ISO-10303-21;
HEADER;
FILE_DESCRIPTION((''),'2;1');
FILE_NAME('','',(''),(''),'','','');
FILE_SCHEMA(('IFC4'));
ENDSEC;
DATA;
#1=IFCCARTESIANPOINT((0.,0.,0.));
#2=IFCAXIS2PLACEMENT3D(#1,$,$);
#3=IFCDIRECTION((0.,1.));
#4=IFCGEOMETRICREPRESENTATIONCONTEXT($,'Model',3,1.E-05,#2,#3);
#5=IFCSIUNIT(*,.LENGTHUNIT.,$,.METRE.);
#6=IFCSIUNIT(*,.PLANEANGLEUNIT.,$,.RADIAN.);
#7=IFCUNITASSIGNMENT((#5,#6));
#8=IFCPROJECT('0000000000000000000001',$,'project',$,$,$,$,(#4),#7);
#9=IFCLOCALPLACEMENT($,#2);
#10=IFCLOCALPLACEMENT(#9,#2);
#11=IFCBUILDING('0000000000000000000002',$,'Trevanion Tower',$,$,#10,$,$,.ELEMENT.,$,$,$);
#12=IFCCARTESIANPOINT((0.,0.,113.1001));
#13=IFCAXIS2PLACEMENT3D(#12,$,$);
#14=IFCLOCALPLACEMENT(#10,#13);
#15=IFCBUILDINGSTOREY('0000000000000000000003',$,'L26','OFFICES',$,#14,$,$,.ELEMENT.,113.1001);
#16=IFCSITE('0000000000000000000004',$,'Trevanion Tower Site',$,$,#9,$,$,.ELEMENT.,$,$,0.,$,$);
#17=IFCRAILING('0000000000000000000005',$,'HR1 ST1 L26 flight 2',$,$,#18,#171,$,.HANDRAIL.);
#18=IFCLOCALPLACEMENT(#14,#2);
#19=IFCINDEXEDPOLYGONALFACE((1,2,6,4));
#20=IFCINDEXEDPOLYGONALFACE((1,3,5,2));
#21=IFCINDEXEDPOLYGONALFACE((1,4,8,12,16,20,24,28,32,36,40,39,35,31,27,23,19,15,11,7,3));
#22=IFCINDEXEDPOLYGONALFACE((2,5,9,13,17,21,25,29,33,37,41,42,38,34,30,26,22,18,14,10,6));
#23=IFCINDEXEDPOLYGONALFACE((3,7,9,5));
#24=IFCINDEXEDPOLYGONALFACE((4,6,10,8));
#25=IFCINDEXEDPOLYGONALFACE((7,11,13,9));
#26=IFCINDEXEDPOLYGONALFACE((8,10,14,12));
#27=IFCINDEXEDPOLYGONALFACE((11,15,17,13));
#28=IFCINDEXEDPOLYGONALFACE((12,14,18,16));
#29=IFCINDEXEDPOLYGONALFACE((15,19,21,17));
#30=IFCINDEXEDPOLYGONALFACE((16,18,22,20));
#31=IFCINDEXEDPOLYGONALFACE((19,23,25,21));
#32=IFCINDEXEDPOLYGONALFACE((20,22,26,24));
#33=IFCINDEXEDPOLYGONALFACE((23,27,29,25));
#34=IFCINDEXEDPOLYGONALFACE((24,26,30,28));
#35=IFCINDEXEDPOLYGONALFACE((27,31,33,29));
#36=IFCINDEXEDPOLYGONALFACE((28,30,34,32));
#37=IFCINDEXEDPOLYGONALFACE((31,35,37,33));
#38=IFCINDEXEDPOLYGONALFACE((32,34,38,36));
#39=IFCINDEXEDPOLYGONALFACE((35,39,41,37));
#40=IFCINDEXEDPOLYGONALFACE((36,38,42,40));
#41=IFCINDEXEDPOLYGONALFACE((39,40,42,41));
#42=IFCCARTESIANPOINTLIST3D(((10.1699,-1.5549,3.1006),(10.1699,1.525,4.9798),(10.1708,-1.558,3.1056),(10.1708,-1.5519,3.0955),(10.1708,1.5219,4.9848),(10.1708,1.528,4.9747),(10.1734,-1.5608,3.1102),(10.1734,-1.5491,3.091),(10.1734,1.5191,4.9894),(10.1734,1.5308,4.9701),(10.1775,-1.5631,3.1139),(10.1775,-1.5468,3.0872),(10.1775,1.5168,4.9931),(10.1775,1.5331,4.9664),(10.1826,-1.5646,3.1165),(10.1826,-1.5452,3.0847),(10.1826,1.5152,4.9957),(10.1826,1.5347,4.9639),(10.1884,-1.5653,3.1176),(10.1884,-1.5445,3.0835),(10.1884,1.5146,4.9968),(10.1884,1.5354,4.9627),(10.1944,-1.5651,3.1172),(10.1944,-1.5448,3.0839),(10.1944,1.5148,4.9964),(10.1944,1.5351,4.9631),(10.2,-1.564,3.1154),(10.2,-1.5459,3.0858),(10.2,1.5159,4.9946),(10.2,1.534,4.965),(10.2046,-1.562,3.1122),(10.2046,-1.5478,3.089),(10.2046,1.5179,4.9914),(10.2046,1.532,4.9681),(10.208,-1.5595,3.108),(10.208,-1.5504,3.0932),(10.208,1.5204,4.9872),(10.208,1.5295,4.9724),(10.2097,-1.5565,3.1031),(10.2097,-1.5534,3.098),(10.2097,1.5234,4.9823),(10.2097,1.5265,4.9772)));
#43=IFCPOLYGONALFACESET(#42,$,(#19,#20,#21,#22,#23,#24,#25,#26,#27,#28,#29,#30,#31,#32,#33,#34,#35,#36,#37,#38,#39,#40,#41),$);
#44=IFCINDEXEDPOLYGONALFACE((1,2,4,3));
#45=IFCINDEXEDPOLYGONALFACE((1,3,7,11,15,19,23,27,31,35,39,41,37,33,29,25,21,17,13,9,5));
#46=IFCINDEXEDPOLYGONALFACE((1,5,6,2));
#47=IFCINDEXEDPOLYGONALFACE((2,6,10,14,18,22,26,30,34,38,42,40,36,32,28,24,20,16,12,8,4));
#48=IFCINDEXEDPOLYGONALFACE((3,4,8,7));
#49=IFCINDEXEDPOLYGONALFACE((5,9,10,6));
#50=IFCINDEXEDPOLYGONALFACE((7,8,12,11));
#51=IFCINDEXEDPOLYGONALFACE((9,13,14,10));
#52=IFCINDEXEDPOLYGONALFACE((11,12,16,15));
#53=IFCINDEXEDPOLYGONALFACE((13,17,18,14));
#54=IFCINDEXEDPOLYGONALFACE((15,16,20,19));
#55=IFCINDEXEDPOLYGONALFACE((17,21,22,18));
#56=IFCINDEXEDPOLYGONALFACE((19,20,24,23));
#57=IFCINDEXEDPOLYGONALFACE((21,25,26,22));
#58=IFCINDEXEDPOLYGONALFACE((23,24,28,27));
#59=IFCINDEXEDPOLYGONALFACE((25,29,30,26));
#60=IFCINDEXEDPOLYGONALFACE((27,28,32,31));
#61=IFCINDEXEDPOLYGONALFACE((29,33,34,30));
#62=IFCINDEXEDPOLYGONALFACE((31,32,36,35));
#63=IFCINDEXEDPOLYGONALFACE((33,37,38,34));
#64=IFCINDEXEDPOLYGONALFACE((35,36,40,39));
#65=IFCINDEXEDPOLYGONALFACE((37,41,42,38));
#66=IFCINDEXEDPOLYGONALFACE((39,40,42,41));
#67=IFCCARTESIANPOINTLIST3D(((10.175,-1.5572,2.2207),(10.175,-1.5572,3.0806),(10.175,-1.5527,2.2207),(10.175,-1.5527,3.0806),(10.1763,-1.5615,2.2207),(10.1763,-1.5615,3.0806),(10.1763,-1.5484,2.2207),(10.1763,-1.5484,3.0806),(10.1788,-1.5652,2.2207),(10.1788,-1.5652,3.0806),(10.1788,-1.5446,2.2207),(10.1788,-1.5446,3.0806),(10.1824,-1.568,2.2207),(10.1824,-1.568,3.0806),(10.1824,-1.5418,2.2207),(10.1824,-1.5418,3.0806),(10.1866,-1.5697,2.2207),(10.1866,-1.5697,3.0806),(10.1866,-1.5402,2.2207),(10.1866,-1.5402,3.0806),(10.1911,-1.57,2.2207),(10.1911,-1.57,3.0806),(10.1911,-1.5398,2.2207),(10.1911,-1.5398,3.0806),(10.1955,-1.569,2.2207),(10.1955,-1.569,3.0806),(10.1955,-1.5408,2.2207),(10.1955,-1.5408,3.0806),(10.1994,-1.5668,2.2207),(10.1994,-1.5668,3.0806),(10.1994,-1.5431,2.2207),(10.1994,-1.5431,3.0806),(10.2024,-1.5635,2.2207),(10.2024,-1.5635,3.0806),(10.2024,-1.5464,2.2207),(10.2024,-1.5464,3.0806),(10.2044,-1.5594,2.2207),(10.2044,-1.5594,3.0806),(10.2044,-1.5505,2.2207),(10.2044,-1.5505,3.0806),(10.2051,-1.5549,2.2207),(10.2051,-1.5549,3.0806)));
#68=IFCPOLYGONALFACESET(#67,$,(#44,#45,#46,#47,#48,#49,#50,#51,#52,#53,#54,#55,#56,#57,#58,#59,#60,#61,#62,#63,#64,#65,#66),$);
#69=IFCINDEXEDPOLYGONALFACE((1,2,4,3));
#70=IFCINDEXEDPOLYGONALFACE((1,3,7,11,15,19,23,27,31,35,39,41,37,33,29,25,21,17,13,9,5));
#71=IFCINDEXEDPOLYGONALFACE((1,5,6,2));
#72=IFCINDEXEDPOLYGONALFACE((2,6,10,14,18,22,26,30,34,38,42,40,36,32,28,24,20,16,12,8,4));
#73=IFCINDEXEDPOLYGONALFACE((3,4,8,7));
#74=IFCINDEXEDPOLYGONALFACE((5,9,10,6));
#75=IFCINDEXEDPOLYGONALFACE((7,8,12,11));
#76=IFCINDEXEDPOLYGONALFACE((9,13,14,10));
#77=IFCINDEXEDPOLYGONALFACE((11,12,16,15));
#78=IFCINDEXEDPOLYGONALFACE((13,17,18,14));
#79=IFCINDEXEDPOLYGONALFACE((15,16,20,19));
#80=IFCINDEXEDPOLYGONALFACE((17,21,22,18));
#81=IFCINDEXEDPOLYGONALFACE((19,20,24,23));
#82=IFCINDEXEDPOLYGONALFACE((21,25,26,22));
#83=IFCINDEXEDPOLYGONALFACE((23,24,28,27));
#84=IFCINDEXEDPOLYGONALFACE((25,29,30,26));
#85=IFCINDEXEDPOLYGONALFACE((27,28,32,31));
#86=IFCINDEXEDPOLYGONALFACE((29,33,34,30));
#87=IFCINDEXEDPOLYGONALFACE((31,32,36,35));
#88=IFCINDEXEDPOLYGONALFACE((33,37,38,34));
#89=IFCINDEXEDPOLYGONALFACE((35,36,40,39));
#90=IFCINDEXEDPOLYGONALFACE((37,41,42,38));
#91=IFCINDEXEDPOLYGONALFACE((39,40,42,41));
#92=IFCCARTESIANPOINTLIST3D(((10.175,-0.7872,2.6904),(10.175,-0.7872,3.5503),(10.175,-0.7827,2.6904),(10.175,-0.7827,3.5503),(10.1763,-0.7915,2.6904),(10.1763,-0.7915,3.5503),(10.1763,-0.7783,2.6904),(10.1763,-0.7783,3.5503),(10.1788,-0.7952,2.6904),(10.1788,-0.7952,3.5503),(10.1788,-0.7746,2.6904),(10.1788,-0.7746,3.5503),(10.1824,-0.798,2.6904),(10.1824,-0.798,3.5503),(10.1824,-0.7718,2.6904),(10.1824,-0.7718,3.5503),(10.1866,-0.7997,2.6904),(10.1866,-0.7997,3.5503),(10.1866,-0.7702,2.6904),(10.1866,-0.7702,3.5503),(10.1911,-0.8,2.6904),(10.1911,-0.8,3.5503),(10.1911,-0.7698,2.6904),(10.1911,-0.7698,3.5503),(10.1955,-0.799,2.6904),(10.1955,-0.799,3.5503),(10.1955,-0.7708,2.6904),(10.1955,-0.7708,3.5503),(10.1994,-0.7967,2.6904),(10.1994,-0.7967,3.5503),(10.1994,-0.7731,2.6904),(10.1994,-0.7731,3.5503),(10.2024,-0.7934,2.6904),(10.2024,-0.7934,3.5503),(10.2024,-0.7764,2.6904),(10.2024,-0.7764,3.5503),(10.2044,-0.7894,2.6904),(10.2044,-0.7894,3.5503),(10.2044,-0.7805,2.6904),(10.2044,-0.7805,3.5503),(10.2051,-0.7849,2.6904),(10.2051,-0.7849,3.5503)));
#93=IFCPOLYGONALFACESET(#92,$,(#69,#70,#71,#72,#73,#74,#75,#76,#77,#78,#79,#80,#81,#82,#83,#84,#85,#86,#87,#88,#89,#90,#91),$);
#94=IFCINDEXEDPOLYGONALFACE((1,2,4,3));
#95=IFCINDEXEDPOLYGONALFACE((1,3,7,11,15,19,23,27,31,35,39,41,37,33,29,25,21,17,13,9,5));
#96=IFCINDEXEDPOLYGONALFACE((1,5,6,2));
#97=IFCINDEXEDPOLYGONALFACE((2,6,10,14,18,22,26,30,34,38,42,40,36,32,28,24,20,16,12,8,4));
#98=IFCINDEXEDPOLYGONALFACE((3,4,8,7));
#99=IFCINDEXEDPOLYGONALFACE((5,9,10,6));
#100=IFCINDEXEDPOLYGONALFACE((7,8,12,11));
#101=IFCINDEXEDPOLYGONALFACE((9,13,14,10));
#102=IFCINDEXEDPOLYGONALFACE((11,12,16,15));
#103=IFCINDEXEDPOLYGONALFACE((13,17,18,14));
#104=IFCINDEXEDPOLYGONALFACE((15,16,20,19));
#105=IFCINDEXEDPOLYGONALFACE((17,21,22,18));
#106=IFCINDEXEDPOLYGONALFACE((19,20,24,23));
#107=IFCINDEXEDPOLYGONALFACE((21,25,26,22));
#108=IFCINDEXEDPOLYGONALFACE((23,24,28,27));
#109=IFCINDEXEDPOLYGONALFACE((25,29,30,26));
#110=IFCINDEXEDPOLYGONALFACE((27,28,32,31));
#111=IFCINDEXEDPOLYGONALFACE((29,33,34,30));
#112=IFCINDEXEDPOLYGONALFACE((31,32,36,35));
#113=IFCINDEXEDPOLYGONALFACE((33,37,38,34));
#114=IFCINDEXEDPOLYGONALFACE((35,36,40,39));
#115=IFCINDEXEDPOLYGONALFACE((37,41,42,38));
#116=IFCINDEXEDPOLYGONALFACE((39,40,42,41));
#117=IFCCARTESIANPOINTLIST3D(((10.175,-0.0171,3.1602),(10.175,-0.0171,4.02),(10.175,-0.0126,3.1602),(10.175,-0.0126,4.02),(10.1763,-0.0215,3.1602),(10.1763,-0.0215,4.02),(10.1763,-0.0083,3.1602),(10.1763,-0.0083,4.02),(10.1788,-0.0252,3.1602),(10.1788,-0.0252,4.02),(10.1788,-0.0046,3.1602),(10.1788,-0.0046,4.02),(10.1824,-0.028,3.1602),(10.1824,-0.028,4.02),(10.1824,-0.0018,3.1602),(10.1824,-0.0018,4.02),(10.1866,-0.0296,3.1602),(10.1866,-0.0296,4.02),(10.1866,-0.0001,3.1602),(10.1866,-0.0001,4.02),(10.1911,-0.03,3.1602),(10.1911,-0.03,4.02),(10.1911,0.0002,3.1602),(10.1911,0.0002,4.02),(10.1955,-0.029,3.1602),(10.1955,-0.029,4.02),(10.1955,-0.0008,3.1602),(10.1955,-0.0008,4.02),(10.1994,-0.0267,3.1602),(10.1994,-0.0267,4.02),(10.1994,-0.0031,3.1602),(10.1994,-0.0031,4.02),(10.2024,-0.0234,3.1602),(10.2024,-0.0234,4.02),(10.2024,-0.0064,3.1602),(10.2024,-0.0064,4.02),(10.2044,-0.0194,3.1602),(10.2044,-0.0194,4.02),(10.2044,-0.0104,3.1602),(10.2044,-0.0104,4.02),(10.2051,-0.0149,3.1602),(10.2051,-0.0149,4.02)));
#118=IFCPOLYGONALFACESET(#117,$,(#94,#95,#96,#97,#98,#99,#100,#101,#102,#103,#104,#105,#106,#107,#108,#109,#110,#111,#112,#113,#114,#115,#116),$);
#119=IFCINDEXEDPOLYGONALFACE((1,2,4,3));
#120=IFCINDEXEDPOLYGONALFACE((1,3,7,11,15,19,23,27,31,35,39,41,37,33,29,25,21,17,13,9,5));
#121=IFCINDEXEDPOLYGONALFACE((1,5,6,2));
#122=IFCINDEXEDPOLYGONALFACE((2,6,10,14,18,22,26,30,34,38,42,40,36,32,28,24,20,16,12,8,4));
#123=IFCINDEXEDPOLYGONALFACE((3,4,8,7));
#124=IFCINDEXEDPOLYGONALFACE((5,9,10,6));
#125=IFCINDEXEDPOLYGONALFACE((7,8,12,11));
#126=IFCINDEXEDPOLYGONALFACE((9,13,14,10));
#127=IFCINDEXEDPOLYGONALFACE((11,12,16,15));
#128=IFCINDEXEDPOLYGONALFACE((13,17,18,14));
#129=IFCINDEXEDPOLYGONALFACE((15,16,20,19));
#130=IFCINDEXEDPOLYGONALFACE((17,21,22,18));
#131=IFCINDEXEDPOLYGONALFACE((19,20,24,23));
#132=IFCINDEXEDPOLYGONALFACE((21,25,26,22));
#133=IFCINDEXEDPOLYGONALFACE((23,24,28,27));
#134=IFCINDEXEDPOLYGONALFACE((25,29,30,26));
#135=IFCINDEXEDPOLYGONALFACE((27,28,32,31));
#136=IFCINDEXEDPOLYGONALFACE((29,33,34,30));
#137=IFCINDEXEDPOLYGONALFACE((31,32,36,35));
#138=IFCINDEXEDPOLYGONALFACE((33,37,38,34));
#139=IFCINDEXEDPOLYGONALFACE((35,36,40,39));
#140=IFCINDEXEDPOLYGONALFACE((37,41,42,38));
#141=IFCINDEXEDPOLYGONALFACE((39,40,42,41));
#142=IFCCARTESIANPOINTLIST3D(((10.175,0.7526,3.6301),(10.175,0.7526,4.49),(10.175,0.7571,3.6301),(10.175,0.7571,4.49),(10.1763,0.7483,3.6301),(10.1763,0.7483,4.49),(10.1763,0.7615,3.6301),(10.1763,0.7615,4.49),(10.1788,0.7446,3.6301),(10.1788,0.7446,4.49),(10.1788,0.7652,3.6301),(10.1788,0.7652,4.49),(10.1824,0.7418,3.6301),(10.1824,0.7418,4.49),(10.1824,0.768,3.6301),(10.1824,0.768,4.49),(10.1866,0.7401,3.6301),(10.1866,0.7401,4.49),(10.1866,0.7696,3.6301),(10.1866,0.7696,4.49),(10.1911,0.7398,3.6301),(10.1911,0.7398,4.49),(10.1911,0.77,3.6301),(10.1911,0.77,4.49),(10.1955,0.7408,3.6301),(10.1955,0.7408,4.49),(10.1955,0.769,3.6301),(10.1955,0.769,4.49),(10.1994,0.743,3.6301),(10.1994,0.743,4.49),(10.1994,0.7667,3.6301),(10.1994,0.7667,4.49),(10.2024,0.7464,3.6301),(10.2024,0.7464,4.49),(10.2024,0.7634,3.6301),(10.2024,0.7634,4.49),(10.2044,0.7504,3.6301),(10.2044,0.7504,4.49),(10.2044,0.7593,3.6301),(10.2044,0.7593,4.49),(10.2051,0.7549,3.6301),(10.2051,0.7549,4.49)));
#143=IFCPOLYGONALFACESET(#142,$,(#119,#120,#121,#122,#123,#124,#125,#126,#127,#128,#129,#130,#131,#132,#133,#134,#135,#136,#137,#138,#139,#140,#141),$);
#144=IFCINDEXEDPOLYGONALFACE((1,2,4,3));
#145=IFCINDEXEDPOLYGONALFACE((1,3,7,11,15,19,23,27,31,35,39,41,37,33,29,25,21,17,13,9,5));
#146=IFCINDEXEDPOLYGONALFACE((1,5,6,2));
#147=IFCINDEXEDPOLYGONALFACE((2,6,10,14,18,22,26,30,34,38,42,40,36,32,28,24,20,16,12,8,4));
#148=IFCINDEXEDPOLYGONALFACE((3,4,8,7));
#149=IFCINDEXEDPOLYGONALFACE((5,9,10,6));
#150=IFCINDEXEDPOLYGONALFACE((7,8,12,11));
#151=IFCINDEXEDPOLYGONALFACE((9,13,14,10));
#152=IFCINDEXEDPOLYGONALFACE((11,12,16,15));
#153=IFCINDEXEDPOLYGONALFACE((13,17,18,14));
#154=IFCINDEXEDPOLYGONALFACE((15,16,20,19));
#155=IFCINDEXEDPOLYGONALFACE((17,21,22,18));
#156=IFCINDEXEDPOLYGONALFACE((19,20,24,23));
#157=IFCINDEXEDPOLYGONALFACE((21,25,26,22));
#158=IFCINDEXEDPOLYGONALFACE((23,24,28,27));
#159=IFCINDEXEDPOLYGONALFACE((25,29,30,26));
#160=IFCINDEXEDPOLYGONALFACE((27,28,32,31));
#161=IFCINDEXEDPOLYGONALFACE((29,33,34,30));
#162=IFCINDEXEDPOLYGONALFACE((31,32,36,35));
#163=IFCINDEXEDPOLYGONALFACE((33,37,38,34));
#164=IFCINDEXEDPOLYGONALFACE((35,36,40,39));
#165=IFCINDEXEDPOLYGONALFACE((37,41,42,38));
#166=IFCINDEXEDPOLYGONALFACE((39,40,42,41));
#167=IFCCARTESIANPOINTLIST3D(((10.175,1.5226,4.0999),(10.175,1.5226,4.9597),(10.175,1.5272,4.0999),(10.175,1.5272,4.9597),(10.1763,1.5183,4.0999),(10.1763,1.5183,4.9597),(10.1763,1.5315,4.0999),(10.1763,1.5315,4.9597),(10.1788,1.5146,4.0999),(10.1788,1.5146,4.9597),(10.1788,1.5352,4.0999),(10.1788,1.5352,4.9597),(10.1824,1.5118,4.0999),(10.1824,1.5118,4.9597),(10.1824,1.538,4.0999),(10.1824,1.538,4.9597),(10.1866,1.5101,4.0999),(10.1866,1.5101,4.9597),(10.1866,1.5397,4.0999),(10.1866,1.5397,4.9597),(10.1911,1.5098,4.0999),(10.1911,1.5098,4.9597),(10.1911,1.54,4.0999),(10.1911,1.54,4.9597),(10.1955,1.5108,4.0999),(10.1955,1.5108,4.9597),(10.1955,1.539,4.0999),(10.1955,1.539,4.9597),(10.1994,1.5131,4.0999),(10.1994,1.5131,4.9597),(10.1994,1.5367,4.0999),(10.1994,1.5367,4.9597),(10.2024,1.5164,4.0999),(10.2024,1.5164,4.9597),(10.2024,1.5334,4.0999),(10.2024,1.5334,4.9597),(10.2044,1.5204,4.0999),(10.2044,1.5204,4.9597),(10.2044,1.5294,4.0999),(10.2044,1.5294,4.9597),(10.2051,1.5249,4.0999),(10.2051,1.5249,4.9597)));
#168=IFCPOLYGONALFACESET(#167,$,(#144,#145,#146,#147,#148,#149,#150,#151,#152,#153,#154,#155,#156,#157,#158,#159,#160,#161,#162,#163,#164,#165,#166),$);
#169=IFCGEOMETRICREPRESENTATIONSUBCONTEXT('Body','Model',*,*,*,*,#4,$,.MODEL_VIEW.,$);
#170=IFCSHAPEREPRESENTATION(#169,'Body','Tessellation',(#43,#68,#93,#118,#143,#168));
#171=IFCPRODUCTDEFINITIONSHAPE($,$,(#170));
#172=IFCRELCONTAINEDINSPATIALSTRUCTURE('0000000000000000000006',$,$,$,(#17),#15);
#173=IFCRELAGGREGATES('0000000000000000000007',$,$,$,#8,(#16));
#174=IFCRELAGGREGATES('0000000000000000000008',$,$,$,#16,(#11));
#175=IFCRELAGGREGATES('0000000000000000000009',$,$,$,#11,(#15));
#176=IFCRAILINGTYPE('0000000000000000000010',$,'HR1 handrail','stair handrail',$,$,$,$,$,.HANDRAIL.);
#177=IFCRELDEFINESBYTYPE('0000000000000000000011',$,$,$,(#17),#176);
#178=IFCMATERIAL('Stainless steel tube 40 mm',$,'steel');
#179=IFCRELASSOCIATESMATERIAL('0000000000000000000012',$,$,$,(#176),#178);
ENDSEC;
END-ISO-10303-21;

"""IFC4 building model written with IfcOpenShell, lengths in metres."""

from ifc_helpers import new_model, si_unit, direction, frame, origin, origin_2d, place, context, subcontext, project, spatial, circle, extrude, material, type_object, element, save


model = new_model("IFC4")

# Units and contexts
model_context = context("Model", 3, precision=1e-05, world=origin(), true_north=direction((0.0, 1.0)))
body_context = subcontext(model_context, "Body", "Model", "MODEL_VIEW")
ifc_project = project(units=[si_unit("LENGTHUNIT", "METRE"), si_unit("PLANEANGLEUNIT", "RADIAN")], contexts=[model_context])

# Site, building, storey
site_placement = place(None, origin())
site = spatial("IfcSite", under=ifc_project, at=site_placement, Name="Trevanion Tower Site", CompositionType="ELEMENT", RefElevation=0.0)
building_placement = place(site_placement, origin())
building = spatial("IfcBuilding", under=site, at=building_placement, Name="Trevanion Tower", CompositionType="ELEMENT")
storey_placement = place(building_placement, frame((0.0, 0.0, 113.1001)))
storey = spatial("IfcBuildingStorey", under=building, at=storey_placement, Name="L26", Description="OFFICES", CompositionType="ELEMENT", Elevation=113.1001)

# Railing
ifc_material_1 = material(Name="Stainless steel tube 40 mm", Category="steel")
railing_type = type_object("IfcRailingType", Name="HR1 handrail", Description="stair handrail", PredefinedType="HANDRAIL", material=ifc_material_1)
for number, where, name in (
    (1, (10.1899, -1.5549, 2.2207), "HR1 ST1 L26 flight 2"),
):
    element("IfcRailing", number, at=place(storey_placement, frame(where)), inside=storey, type_object=railing_type, Name=name, PredefinedType="HANDRAIL", context=body_context, shape_type="SweptSolid", body=[
        extrude(circle(Radius=0.02, at=origin_2d()), frame((0.0, 0.0, 0.8799), z_axis=(0.0, 0.853648, 0.52085), x_axis=(-1.0, 0.0, 0.0)), (0.0, 0.0, 1.0), 3.6079),
        extrude(circle(Radius=0.0151, at=origin_2d()), origin(), (0.0, 0.0, 1.0), 0.8599),
        extrude(circle(Radius=0.0151, at=origin_2d()), frame((0.0, 0.77, 0.4697)), (0.0, 0.0, 1.0), 0.8599),
        extrude(circle(Radius=0.0151, at=origin_2d()), frame((0.0, 1.54, 0.9395)), (0.0, 0.0, 1.0), 0.8599),
        extrude(circle(Radius=0.0151, at=origin_2d()), frame((0.0, 2.3098, 1.4094)), (0.0, 0.0, 1.0), 0.8599),
        extrude(circle(Radius=0.0151, at=origin_2d()), frame((0.0, 3.0798, 1.8792)), (0.0, 0.0, 1.0), 0.8599),
    ])

save(model, "model.ifc")
